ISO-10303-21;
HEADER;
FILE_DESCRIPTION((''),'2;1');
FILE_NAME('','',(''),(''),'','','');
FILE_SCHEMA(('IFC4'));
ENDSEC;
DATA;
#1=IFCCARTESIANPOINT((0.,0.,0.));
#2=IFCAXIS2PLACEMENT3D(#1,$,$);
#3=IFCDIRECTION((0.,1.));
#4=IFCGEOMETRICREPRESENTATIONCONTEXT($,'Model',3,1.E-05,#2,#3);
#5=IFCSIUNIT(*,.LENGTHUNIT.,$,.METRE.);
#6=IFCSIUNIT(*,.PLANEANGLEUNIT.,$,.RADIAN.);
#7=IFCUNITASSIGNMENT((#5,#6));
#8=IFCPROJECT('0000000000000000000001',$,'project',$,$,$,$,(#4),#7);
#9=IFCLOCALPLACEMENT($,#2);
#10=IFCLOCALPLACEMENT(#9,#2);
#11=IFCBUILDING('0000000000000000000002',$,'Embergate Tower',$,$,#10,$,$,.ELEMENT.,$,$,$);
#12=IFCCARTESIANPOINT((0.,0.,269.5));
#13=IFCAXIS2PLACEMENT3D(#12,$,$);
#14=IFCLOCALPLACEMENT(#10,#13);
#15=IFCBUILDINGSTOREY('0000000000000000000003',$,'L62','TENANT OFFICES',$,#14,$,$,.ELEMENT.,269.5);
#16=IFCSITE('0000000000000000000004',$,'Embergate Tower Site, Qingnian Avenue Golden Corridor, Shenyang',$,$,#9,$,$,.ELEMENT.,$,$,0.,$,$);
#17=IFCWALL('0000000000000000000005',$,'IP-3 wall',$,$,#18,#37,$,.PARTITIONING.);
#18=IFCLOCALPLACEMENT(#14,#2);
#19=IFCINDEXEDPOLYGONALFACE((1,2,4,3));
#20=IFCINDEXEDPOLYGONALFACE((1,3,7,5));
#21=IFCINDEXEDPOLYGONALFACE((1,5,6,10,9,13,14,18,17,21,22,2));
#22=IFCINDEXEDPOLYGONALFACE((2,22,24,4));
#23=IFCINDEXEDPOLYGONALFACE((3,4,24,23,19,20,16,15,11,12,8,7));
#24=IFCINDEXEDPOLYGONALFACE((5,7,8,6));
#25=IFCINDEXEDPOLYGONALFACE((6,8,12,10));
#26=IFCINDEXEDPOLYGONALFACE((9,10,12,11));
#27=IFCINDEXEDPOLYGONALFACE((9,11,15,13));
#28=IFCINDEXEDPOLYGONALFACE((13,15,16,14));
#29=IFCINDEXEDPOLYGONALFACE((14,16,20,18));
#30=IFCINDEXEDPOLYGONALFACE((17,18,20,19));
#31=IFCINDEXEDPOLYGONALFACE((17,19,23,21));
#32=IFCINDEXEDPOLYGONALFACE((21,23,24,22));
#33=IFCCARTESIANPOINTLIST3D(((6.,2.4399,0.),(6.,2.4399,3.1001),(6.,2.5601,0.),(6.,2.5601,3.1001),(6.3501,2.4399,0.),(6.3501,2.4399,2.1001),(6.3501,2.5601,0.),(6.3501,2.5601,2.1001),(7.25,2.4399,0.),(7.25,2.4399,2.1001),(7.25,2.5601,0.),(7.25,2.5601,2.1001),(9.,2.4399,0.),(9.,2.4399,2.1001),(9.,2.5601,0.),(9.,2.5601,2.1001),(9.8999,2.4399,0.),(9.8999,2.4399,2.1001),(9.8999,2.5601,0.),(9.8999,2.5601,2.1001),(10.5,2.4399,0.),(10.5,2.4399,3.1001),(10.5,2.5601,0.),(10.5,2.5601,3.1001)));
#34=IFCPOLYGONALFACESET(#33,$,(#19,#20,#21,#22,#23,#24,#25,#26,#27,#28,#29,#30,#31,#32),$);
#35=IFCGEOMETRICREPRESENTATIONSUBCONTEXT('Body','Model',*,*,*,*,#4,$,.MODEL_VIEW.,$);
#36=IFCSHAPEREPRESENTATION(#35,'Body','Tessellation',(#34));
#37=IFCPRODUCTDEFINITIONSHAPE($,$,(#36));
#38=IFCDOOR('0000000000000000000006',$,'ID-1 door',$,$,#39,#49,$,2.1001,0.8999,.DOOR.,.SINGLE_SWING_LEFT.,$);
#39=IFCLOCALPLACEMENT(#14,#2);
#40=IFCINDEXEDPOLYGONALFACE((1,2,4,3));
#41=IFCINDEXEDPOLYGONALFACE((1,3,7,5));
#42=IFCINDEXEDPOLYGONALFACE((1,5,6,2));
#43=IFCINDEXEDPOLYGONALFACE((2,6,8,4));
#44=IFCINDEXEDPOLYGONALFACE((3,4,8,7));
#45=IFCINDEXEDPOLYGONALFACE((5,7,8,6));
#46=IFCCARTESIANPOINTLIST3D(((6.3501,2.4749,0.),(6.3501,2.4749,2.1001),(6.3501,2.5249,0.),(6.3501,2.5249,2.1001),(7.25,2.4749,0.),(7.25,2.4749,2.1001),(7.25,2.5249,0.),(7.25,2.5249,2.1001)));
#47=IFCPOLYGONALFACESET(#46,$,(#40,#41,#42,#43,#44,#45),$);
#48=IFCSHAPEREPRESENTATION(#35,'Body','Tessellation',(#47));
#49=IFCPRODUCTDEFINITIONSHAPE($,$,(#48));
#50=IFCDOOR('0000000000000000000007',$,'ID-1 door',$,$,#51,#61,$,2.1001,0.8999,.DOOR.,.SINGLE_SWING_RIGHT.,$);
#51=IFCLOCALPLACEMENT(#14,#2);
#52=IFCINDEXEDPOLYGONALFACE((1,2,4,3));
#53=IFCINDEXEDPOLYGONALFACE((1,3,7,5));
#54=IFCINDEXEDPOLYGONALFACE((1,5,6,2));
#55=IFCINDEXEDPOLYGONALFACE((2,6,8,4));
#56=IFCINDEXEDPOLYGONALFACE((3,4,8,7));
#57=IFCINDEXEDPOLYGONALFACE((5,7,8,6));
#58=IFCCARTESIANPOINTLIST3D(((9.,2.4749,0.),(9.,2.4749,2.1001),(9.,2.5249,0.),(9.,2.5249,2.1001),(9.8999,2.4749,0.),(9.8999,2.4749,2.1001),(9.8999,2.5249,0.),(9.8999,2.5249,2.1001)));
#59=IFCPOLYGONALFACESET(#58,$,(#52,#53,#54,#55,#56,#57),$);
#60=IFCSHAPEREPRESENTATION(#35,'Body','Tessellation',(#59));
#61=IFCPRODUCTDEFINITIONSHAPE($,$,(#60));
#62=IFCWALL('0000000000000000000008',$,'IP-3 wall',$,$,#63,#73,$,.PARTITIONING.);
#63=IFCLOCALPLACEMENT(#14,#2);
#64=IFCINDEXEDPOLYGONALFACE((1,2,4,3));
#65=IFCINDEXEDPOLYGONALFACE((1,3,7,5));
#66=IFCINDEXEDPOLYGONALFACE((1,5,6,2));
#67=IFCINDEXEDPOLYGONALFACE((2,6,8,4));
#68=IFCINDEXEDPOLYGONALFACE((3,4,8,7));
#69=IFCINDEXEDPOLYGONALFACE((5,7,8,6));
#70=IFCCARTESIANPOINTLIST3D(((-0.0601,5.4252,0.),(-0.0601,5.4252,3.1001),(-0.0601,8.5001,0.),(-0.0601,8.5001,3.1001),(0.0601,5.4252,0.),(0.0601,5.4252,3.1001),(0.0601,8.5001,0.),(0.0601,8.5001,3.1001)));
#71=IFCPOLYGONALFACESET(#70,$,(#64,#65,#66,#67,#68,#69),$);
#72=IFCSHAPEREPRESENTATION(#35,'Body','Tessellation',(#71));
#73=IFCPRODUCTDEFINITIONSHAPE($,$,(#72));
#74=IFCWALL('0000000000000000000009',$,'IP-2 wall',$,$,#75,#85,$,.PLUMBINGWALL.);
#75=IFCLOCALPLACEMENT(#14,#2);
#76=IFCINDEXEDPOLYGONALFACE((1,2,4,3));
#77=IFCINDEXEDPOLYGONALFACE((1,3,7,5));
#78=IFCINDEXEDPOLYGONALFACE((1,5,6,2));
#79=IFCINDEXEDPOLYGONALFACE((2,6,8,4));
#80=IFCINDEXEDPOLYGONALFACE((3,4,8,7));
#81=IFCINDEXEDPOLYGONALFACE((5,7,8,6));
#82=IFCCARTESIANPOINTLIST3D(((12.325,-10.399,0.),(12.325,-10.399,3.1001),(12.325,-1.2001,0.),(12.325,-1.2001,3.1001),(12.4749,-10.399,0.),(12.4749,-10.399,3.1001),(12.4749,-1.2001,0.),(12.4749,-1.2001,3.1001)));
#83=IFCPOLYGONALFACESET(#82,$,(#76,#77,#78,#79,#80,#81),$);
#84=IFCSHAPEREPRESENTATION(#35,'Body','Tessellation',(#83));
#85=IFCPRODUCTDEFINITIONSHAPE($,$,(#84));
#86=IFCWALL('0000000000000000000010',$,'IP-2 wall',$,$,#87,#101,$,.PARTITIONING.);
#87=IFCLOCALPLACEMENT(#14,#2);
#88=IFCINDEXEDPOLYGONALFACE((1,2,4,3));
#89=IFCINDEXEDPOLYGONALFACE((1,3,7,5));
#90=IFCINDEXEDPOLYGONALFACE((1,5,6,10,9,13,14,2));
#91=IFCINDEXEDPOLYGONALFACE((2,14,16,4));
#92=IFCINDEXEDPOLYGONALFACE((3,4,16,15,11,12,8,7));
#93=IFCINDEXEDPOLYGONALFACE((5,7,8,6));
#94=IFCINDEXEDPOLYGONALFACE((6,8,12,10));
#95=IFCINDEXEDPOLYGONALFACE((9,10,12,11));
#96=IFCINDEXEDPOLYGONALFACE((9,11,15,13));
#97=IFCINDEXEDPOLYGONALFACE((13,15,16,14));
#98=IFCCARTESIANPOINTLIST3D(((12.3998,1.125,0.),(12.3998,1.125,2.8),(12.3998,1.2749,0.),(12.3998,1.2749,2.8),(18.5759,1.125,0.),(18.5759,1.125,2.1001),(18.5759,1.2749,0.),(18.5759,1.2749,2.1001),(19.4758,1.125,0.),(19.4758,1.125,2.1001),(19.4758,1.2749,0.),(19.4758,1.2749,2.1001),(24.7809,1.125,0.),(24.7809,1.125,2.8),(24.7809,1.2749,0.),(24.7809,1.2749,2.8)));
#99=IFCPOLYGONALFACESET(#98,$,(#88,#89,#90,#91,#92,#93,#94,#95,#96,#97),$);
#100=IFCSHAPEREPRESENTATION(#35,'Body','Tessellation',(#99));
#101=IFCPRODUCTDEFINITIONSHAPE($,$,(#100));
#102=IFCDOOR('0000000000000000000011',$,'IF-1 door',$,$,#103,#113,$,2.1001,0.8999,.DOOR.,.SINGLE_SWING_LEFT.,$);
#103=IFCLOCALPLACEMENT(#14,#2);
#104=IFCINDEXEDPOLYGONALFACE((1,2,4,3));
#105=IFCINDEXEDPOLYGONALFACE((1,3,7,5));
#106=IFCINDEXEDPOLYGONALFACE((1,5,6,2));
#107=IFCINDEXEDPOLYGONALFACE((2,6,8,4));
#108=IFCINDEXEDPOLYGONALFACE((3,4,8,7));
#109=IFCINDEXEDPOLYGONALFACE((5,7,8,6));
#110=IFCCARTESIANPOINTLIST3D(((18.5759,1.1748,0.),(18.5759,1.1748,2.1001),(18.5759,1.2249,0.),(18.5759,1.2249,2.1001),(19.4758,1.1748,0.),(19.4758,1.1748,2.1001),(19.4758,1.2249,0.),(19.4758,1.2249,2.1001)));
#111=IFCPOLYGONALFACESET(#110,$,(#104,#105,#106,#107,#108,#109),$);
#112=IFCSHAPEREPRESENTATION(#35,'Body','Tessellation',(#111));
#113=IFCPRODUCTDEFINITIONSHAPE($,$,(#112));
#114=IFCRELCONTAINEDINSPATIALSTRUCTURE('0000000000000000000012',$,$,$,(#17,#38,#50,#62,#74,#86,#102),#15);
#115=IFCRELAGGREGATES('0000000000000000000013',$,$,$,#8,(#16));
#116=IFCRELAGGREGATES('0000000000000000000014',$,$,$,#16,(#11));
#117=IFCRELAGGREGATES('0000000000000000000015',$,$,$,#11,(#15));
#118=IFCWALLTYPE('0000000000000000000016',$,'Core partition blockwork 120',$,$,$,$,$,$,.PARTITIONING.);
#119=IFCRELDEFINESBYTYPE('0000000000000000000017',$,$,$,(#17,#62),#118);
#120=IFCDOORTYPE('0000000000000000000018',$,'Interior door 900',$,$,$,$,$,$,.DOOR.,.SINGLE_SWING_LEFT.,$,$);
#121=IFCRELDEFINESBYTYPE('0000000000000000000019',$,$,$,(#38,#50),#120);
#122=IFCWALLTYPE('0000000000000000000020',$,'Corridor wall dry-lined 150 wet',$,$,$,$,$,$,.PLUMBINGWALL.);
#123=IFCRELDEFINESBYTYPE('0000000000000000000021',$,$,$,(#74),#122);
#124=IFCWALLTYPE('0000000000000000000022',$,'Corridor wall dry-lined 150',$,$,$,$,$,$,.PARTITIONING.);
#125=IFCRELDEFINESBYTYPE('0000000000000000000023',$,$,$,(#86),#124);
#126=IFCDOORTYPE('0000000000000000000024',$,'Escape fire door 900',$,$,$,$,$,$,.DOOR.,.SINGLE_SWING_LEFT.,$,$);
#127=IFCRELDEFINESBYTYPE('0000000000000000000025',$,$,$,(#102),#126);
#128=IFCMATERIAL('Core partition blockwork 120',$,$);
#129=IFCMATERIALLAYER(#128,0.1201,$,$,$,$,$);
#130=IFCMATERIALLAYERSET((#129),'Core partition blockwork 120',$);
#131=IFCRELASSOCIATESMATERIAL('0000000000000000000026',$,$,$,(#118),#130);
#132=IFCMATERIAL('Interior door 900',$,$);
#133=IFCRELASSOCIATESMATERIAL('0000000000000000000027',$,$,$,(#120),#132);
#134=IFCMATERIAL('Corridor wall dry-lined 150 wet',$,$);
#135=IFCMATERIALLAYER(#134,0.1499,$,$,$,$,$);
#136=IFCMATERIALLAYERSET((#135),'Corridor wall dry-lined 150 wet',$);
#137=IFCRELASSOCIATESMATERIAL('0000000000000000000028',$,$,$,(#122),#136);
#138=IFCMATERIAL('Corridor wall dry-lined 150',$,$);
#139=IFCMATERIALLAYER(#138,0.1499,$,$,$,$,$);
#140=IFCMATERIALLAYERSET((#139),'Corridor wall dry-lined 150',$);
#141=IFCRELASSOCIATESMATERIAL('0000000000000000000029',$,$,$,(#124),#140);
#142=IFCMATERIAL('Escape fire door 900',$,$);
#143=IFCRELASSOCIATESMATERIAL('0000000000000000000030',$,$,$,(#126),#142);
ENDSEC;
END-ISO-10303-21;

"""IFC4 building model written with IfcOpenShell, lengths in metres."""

from ifc_helpers import new_model, si_unit, direction, frame, frame_2d, origin, place, context, subcontext, project, spatial, rectangle, extrude, source, transform, mapped, material, layer, layer_set, type_object, element, fill, save


model = new_model("IFC4")

# Units and contexts
model_context = context("Model", 3, precision=1e-05, world=origin(), true_north=direction((0.0, 1.0)))
body_context = subcontext(model_context, "Body", "Model", "MODEL_VIEW")
ifc_project = project(units=[si_unit("LENGTHUNIT", "METRE"), si_unit("PLANEANGLEUNIT", "RADIAN")], contexts=[model_context])

# Site, building, storey
site_placement = place(None, origin())
site = spatial("IfcSite", under=ifc_project, at=site_placement, Name="Embergate Tower Site, Qingnian Avenue Golden Corridor, Shenyang", CompositionType="ELEMENT", RefElevation=0.0)
building_placement = place(site_placement, origin())
building = spatial("IfcBuilding", under=site, at=building_placement, Name="Embergate Tower", CompositionType="ELEMENT")
storey_placement = place(building_placement, frame((0.0, 0.0, 269.5)))
storey = spatial("IfcBuildingStorey", under=building, at=storey_placement, Name="L62", Description="TENANT OFFICES", CompositionType="ELEMENT", Elevation=269.5)

# Shared definitions
ifc_material_1 = material(Name="Core partition blockwork 120")
ifc_layer_1 = layer(ifc_material_1, 0.1201)
ifc_layer_set_1 = layer_set([ifc_layer_1], Name="Core partition blockwork 120")
wall_type_1 = type_object("IfcWallType", Name="Core partition blockwork 120", PredefinedType="PARTITIONING", material=ifc_layer_set_1)

# Wall, openings, doors
shared_shape_1 = source(origin(), body_context, "Body", "SweptSolid", [
    extrude(rectangle(XDim=4.5, YDim=0.1201, at=frame_2d((2.25, 0.0))), origin(), (0.0, 0.0, 1.0), 3.1001),
])
wall_1_placement = place(storey_placement, frame((6.0, 2.5, 0.0), z_axis=(0.0, 0.0, 1.0), x_axis=(1.0, 0.0, 0.0)))
wall_1 = element("IfcWall", 1, at=wall_1_placement, inside=storey, type_object=wall_type_1, Name="IP-3 wall", PredefinedType="PARTITIONING", context=body_context, shape_type="MappedRepresentation", body=[
    mapped(shared_shape_1, transform((0.0, 0.0, 0.0))),
])
shared_shape_2 = source(origin(), body_context, "Body", "SweptSolid", [
    extrude(rectangle(XDim=0.8999, YDim=2.1001, at=frame_2d((0.45, 1.05))), frame((0.0, 0.0701, 0.0), z_axis=(0.0, -1.0, 0.0), x_axis=(1.0, 0.0, 0.0)), (0.0, 0.0, 1.0), 0.1401),
])
opening_1_placement = place(wall_1_placement, frame((0.3501, 0.0, 0.0)))
opening_1 = element("IfcOpeningElement", 2, at=opening_1_placement, cuts=wall_1, PredefinedType="OPENING", context=body_context, shape_type="MappedRepresentation", body=[
    mapped(shared_shape_2, transform((0.0, 0.0, 0.0))),
])
opening_2_placement = place(wall_1_placement, frame((3.0, 0.0, 0.0)))
opening_2 = element("IfcOpeningElement", 3, at=opening_2_placement, cuts=wall_1, PredefinedType="OPENING", context=body_context, shape_type="MappedRepresentation", body=[
    mapped(shared_shape_2, transform((0.0, 0.0, 0.0))),
])
ifc_material_2 = material(Name="Interior door 900")
door_type_1 = type_object("IfcDoorType", Name="Interior door 900", OperationType="SINGLE_SWING_LEFT", PredefinedType="DOOR", material=ifc_material_2)
shared_shape_3 = source(origin(), body_context, "Body", "SweptSolid", [
    extrude(rectangle(XDim=0.8999, YDim=2.1001, at=frame_2d((0.45, 1.05))), frame((0.0, 0.0249, 0.0), z_axis=(0.0, -1.0, 0.0), x_axis=(1.0, 0.0, 0.0)), (0.0, 0.0, 1.0), 0.05),
])
door_1_placement = place(opening_1_placement, origin())
door_1 = element("IfcDoor", 4, at=door_1_placement, inside=storey, type_object=door_type_1, Name="ID-1 door", OperationType="SINGLE_SWING_LEFT", OverallHeight=2.1001, OverallWidth=0.8999, PredefinedType="DOOR", context=body_context, shape_type="MappedRepresentation", body=[
    mapped(shared_shape_3, transform((0.0, 0.0, 0.0))),
])
fill(opening_1, door_1)
door_2_placement = place(opening_2_placement, origin())
door_2 = element("IfcDoor", 5, at=door_2_placement, inside=storey, type_object=door_type_1, Name="ID-1 door", OperationType="SINGLE_SWING_RIGHT", OverallHeight=2.1001, OverallWidth=0.8999, PredefinedType="DOOR", context=body_context, shape_type="MappedRepresentation", body=[
    mapped(shared_shape_3, transform((0.0, 0.0, 0.0))),
])
fill(opening_2, door_2)

# Walls
shared_shape_4 = source(origin(), body_context, "Body", "SweptSolid", [
    extrude(rectangle(XDim=3.075, YDim=0.1201, at=frame_2d((1.5376, 0.0))), origin(), (0.0, 0.0, 1.0), 3.1001),
])
wall_2_placement = place(storey_placement, frame((0.0, 5.425, 0.0), z_axis=(0.0, 0.0, 1.0), x_axis=(0.0, 1.0, 0.0)))
element("IfcWall", 6, at=wall_2_placement, inside=storey, type_object=wall_type_1, Name="IP-3 wall", PredefinedType="PARTITIONING", context=body_context, shape_type="MappedRepresentation", body=[
    mapped(shared_shape_4, transform((0.0, 0.0, 0.0))),
])
ifc_material_3 = material(Name="Corridor wall dry-lined 150 wet")
ifc_layer_2 = layer(ifc_material_3, 0.1499)
ifc_layer_set_2 = layer_set([ifc_layer_2], Name="Corridor wall dry-lined 150 wet")
wall_type_2 = type_object("IfcWallType", Name="Corridor wall dry-lined 150 wet", PredefinedType="PLUMBINGWALL", material=ifc_layer_set_2)
shared_shape_5 = source(origin(), body_context, "Body", "SweptSolid", [
    extrude(rectangle(XDim=9.199, YDim=0.1499, at=frame_2d((4.5996, 0.0))), origin(), (0.0, 0.0, 1.0), 3.1001),
])
wall_3_placement = place(storey_placement, frame((12.3999, -1.2, 0.0), z_axis=(0.0, 0.0, 1.0), x_axis=(0.0, -1.0, 0.0)))
element("IfcWall", 7, at=wall_3_placement, inside=storey, type_object=wall_type_2, Name="IP-2 wall", PredefinedType="PLUMBINGWALL", context=body_context, shape_type="MappedRepresentation", body=[
    mapped(shared_shape_5, transform((0.0, 0.0, 0.0))),
])

# Wall, opening, door
ifc_material_4 = material(Name="Corridor wall dry-lined 150")
ifc_layer_3 = layer(ifc_material_4, 0.1499)
ifc_layer_set_3 = layer_set([ifc_layer_3], Name="Corridor wall dry-lined 150")
wall_type_3 = type_object("IfcWallType", Name="Corridor wall dry-lined 150", PredefinedType="PARTITIONING", material=ifc_layer_set_3)
shared_shape_6 = source(origin(), body_context, "Body", "SweptSolid", [
    extrude(rectangle(XDim=12.3811, YDim=0.1499, at=frame_2d((6.1904, 0.0))), origin(), (0.0, 0.0, 1.0), 2.8),
])
wall_4_placement = place(storey_placement, frame((12.3999, 1.2, 0.0), z_axis=(0.0, 0.0, 1.0), x_axis=(1.0, 0.0, 0.0)))
wall_4 = element("IfcWall", 8, at=wall_4_placement, inside=storey, type_object=wall_type_3, Name="IP-2 wall", PredefinedType="PARTITIONING", context=body_context, shape_type="MappedRepresentation", body=[
    mapped(shared_shape_6, transform((0.0, 0.0, 0.0))),
])
shared_shape_7 = source(origin(), body_context, "Body", "SweptSolid", [
    extrude(rectangle(XDim=0.8999, YDim=2.1001, at=frame_2d((0.45, 1.05))), frame((0.0, 0.085, 0.0), z_axis=(0.0, -1.0, 0.0), x_axis=(1.0, 0.0, 0.0)), (0.0, 0.0, 1.0), 0.1699),
])
opening_3_placement = place(wall_4_placement, frame((6.176, 0.0, 0.0)))
opening_3 = element("IfcOpeningElement", 9, at=opening_3_placement, cuts=wall_4, PredefinedType="OPENING", context=body_context, shape_type="MappedRepresentation", body=[
    mapped(shared_shape_7, transform((0.0, 0.0, 0.0))),
])
ifc_material_5 = material(Name="Escape fire door 900")
door_type_2 = type_object("IfcDoorType", Name="Escape fire door 900", OperationType="SINGLE_SWING_LEFT", PredefinedType="DOOR", material=ifc_material_5)
door_3_placement = place(opening_3_placement, origin())
door_3 = element("IfcDoor", 10, at=door_3_placement, inside=storey, type_object=door_type_2, Name="IF-1 door", OperationType="SINGLE_SWING_LEFT", OverallHeight=2.1001, OverallWidth=0.8999, PredefinedType="DOOR", context=body_context, shape_type="MappedRepresentation", body=[
    mapped(shared_shape_3, transform((0.0, 0.0, 0.0))),
])
fill(opening_3, door_3)

save(model, "model.ifc")
